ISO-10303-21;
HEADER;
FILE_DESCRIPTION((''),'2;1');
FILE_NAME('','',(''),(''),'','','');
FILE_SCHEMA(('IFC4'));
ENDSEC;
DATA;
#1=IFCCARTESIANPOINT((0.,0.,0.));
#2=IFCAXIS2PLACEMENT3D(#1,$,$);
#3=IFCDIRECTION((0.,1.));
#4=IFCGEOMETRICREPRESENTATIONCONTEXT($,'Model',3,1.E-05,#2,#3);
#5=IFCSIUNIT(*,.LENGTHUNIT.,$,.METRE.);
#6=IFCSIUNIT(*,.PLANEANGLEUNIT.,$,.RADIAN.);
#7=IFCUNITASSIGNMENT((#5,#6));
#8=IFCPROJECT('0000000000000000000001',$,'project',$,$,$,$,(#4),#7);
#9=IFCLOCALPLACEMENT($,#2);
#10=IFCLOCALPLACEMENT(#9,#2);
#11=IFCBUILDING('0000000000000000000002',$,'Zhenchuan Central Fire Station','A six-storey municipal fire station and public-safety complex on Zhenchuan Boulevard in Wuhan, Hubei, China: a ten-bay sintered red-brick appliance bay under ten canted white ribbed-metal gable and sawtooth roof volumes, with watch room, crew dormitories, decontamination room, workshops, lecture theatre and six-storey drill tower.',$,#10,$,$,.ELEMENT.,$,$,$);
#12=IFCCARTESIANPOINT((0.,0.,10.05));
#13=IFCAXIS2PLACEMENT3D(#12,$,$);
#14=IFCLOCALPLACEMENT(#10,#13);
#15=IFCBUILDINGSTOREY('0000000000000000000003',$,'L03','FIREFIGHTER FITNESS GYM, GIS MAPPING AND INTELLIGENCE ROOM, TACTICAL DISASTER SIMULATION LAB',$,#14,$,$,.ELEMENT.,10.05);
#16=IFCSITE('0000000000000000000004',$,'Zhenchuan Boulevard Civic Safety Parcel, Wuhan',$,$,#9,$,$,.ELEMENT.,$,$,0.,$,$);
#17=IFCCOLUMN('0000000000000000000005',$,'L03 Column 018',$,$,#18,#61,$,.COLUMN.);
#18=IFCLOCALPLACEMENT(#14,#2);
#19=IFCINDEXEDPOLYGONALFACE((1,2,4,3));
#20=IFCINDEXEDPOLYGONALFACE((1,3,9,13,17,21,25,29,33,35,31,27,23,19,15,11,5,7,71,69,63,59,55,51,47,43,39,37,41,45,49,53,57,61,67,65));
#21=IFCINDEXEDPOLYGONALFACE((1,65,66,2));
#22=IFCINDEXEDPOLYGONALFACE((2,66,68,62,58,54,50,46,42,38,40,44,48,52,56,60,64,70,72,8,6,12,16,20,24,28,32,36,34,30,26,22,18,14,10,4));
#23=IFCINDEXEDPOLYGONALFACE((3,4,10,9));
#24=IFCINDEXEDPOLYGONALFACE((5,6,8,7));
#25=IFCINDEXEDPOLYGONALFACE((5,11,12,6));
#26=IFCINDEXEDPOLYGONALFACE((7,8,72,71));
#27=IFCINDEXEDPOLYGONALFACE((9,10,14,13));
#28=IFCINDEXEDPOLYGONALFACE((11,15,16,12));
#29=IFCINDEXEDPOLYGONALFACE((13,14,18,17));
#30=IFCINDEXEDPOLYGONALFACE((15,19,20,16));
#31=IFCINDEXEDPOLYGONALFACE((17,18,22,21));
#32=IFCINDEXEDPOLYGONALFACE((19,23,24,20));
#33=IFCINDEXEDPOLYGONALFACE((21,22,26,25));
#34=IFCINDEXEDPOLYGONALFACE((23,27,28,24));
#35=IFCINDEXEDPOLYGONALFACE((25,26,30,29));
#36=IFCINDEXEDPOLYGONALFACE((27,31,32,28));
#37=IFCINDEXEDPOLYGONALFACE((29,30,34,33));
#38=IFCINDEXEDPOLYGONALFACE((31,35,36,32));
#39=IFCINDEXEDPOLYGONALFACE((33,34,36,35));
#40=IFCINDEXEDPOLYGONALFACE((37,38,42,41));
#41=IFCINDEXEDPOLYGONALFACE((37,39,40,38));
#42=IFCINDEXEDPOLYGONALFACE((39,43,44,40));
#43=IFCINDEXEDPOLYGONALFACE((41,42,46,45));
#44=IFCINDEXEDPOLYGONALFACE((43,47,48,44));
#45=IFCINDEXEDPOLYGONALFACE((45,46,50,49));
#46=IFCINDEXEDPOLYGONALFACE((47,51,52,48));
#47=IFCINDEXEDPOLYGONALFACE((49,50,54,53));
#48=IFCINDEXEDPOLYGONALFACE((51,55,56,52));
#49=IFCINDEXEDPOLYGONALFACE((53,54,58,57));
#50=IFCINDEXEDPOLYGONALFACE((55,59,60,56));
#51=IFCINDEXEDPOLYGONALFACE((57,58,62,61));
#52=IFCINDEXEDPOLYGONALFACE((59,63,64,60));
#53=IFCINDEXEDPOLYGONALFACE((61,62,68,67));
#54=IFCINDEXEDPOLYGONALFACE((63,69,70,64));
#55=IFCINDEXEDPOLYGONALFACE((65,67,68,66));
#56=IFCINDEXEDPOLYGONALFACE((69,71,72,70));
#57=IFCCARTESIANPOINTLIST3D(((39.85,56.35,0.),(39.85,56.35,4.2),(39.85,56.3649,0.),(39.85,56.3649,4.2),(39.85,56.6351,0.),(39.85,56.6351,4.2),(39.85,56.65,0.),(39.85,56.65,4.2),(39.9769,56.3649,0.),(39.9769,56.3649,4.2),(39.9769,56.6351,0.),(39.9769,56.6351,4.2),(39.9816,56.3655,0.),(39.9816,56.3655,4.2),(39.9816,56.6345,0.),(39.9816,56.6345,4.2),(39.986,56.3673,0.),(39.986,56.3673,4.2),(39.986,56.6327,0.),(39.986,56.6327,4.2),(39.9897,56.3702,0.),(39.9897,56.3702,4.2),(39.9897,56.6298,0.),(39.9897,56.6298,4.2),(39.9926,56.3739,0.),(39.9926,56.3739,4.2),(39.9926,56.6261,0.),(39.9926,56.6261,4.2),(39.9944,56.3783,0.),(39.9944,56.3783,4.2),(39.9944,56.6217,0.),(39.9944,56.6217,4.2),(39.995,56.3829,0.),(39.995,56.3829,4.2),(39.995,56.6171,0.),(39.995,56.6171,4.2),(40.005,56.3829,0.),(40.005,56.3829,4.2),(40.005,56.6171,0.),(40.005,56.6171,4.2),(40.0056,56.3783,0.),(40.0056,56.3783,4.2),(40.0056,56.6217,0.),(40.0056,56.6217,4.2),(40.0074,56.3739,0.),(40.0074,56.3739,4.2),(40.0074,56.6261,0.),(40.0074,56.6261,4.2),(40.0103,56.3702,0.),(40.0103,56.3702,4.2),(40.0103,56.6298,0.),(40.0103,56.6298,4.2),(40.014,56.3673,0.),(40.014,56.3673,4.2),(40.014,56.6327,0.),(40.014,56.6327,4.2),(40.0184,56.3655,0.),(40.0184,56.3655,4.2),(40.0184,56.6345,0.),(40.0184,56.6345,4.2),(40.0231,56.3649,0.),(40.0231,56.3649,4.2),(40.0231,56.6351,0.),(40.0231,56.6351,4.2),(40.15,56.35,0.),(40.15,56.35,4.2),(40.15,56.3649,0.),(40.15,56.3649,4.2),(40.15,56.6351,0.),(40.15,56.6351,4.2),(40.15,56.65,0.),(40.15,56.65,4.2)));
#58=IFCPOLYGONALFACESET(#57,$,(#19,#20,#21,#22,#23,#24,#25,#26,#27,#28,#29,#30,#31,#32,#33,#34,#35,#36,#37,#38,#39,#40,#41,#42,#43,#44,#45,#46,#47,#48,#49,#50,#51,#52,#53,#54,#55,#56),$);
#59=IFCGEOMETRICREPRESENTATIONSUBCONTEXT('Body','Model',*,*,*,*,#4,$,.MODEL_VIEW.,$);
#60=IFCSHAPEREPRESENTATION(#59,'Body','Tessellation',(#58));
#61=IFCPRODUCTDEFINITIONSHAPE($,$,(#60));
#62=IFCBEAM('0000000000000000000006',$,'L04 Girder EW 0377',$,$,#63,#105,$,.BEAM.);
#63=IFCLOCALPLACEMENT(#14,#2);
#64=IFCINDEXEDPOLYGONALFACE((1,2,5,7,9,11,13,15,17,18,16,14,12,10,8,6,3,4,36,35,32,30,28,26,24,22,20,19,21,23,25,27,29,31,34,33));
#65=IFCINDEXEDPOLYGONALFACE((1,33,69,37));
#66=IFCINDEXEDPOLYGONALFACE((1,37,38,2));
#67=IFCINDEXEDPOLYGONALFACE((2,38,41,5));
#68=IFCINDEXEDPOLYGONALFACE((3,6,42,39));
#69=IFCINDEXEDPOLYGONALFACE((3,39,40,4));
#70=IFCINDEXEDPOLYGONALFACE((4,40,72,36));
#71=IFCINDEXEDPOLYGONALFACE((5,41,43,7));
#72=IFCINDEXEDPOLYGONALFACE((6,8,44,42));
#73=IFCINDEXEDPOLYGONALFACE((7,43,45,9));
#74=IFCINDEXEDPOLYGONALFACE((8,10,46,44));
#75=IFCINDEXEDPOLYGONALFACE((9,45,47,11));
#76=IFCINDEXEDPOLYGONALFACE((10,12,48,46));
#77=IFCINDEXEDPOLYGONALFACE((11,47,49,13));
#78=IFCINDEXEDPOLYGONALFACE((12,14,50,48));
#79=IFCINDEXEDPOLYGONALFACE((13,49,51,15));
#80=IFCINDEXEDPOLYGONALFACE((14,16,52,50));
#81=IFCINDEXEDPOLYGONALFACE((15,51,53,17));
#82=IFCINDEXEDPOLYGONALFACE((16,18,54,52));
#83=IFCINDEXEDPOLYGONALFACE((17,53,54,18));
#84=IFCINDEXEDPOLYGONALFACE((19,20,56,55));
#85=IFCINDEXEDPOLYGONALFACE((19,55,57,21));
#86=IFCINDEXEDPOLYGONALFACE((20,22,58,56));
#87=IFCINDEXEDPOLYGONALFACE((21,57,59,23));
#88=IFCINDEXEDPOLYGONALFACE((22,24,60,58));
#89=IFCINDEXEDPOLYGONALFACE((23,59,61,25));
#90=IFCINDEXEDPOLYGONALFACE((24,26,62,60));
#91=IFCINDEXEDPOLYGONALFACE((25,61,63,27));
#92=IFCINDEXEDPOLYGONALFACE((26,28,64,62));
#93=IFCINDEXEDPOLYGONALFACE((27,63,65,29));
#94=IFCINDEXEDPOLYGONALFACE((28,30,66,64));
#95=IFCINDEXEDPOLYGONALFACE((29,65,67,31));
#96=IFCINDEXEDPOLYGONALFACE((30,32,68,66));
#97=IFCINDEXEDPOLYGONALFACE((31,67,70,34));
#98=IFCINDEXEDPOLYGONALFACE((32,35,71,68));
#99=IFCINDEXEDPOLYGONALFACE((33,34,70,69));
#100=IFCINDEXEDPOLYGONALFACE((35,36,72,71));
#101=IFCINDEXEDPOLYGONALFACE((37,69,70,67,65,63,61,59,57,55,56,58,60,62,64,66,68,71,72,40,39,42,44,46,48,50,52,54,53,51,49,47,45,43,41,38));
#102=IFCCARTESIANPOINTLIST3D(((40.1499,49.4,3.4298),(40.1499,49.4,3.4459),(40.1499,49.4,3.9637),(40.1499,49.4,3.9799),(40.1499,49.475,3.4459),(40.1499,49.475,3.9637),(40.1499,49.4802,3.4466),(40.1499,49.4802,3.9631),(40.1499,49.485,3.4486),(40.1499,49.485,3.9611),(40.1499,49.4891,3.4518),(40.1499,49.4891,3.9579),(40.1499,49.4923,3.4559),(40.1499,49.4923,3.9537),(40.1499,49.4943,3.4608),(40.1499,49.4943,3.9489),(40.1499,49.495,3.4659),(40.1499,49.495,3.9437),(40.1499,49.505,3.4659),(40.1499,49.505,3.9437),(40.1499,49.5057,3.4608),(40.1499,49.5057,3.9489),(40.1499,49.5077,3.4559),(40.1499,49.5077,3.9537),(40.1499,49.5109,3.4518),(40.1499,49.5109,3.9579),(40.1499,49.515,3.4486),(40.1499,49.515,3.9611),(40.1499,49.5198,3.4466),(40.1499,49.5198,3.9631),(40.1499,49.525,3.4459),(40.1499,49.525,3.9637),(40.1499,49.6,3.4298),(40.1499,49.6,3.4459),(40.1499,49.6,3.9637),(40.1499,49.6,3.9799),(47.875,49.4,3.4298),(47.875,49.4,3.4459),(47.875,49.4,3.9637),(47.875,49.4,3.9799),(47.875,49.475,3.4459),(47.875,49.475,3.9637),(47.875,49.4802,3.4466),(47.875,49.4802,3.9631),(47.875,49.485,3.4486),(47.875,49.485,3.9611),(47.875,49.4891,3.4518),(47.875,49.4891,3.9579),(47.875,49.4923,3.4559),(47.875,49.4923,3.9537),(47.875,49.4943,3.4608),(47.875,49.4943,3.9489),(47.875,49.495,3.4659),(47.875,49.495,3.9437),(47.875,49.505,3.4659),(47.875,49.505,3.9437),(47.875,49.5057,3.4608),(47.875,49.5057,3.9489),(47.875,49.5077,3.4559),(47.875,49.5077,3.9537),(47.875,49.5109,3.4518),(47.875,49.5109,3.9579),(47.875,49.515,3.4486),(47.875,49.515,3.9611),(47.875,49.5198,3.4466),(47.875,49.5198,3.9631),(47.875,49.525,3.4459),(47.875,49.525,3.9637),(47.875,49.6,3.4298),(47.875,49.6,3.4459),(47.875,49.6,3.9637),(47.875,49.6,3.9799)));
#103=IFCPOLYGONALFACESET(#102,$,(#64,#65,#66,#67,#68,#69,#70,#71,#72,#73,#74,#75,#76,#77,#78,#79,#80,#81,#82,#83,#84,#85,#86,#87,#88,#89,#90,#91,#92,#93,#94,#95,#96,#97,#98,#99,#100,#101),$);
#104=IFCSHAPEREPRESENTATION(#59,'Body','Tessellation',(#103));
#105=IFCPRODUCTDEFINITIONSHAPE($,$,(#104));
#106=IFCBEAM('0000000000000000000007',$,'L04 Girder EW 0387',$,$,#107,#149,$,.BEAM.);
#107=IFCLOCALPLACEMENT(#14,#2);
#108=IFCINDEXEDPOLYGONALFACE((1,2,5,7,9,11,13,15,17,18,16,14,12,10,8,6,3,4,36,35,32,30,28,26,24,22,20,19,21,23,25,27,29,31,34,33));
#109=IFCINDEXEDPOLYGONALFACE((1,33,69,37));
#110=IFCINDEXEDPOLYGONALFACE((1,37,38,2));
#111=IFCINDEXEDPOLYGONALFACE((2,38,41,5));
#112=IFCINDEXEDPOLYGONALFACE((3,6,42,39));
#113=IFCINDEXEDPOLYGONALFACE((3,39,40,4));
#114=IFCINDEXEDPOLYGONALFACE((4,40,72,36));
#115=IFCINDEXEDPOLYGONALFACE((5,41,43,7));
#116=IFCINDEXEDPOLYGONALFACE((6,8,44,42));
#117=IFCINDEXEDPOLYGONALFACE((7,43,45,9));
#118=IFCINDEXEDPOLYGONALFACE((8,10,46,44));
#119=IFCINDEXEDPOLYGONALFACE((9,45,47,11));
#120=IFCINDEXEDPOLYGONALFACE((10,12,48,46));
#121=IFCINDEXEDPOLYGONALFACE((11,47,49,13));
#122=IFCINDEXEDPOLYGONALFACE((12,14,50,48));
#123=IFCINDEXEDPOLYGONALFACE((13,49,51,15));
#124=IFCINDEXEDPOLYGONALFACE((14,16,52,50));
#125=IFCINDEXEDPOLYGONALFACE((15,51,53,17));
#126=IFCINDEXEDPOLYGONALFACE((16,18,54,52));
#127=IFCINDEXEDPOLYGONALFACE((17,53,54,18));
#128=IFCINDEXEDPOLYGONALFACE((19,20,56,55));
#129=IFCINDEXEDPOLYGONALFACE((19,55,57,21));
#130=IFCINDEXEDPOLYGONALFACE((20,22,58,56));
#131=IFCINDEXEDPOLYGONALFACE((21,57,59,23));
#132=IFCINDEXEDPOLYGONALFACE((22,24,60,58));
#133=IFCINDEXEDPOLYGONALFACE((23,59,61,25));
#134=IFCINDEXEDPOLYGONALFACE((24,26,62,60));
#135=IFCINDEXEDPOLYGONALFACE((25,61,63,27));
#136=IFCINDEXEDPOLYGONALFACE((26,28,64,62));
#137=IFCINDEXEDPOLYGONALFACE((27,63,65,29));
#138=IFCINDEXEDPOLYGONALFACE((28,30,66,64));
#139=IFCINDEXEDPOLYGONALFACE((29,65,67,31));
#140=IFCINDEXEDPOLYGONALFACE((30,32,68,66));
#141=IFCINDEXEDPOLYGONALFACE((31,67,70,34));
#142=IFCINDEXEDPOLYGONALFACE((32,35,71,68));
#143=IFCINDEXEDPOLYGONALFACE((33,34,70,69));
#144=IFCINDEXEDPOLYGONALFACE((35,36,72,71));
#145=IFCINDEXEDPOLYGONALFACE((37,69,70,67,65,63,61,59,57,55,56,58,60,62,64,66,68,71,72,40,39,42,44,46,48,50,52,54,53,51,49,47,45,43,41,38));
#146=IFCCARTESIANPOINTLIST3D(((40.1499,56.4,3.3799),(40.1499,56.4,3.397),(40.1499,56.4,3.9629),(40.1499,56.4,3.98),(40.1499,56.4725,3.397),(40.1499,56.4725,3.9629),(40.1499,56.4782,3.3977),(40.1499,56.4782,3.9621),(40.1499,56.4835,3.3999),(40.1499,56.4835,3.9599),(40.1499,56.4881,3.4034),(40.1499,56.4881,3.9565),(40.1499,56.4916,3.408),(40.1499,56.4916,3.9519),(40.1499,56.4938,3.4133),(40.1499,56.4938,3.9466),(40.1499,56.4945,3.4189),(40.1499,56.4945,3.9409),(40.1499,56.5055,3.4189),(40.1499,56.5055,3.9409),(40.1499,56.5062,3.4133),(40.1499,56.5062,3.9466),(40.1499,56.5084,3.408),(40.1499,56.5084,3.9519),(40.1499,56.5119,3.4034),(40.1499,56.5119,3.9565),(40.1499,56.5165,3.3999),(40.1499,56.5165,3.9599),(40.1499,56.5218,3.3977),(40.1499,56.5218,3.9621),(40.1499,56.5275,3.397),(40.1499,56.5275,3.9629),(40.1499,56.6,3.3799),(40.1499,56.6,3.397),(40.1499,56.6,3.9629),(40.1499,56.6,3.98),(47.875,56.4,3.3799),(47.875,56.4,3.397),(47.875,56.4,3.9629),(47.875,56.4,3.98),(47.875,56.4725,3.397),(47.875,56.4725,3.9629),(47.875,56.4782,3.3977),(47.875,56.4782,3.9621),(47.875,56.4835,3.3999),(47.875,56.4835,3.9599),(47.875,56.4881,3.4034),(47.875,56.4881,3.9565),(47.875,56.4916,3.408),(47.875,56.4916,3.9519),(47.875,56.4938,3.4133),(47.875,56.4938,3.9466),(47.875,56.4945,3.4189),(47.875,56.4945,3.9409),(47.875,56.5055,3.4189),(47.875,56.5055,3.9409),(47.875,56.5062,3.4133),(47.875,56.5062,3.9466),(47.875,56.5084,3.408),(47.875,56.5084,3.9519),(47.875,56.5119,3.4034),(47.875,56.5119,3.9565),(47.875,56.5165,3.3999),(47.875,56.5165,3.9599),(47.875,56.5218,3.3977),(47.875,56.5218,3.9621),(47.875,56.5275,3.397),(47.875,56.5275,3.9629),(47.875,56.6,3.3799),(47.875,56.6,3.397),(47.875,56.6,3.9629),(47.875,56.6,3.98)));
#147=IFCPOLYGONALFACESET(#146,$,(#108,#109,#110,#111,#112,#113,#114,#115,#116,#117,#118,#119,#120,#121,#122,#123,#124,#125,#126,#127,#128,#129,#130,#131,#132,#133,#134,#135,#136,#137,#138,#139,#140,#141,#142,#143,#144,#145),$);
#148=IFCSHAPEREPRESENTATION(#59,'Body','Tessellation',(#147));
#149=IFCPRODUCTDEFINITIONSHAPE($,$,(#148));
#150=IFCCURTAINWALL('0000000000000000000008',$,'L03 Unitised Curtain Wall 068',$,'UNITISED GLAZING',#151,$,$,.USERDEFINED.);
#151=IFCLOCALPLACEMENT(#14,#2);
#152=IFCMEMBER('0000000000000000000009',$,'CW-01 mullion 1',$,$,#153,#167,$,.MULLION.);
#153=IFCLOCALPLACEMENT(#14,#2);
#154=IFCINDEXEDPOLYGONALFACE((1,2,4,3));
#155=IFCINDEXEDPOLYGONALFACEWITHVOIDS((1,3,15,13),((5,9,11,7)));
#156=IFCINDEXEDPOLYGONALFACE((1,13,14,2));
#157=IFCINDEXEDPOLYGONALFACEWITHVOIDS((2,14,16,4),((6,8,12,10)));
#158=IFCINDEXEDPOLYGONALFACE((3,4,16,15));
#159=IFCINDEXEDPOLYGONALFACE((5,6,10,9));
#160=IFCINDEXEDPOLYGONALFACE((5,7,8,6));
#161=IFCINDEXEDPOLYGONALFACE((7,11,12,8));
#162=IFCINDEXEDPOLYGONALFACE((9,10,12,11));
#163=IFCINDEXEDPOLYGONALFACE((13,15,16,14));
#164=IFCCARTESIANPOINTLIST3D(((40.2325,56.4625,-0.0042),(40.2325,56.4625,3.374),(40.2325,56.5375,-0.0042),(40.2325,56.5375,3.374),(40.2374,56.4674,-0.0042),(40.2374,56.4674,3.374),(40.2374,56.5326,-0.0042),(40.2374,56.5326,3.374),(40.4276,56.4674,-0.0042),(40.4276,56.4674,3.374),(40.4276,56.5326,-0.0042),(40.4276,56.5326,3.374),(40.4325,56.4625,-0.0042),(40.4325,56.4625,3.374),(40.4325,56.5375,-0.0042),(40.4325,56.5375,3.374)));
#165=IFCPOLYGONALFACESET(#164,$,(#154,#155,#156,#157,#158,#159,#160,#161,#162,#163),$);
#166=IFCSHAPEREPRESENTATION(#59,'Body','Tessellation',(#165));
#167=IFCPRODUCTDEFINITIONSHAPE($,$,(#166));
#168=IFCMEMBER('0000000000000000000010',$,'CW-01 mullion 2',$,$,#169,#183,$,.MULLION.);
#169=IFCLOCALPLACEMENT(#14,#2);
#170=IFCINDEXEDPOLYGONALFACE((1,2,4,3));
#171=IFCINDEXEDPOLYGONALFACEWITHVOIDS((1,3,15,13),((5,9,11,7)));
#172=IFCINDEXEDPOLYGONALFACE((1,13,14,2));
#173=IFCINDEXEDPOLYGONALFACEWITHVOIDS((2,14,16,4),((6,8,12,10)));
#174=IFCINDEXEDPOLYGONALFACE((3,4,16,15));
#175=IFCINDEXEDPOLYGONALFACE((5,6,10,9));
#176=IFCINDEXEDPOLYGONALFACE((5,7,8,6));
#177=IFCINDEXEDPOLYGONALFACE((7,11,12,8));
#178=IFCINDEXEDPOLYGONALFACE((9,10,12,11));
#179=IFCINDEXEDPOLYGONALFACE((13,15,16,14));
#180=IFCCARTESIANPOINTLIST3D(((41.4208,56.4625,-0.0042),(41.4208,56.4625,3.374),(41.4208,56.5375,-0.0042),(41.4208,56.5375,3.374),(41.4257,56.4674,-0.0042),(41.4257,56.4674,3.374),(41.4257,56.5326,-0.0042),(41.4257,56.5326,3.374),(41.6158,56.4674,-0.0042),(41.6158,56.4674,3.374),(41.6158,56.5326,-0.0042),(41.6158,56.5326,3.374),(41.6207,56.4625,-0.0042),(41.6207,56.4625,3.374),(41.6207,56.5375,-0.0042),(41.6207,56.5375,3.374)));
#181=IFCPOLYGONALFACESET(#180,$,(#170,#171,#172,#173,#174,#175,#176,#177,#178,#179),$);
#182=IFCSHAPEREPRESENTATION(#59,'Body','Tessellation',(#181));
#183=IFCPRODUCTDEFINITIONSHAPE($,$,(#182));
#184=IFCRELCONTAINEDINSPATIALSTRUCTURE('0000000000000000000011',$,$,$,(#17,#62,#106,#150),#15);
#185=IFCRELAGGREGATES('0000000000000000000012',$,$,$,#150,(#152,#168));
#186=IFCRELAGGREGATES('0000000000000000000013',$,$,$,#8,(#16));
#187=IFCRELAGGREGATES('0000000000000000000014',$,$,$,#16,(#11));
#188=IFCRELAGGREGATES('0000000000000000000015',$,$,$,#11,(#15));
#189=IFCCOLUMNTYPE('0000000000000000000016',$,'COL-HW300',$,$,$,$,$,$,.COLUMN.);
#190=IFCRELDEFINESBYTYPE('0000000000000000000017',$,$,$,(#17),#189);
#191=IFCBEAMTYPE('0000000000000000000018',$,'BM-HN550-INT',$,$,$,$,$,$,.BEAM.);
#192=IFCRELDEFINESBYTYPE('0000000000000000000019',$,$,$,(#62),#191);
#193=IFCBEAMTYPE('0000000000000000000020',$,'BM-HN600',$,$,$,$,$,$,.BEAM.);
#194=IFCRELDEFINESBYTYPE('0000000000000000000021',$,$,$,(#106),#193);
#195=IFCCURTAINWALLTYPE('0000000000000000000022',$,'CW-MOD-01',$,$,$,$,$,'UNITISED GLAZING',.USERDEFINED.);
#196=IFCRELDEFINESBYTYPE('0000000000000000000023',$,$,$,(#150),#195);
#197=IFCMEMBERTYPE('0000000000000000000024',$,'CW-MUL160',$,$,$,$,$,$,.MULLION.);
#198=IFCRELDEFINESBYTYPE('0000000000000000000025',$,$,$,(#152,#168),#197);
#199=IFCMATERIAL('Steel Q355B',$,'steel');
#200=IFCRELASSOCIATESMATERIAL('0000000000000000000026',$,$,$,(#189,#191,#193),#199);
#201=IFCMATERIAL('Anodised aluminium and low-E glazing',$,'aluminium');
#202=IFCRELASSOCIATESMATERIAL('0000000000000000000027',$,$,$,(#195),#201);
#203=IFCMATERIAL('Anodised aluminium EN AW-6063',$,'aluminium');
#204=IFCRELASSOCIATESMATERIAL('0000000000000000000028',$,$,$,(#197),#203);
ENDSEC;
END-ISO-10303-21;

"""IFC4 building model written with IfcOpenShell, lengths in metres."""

from ifc_helpers import new_model, si_unit, direction, frame, origin, origin_2d, place, context, subcontext, project, spatial, hollow_rectangle, i_section, extrude, material, material_profile, profile_set, type_object, element, aggregate, save


model = new_model("IFC4")

# Units and contexts
model_context = context("Model", 3, precision=1e-05, world=origin(), true_north=direction((0.0, 1.0)))
body_context = subcontext(model_context, "Body", "Model", "MODEL_VIEW")
ifc_project = project(units=[si_unit("LENGTHUNIT", "METRE"), si_unit("PLANEANGLEUNIT", "RADIAN")], contexts=[model_context])

# Site, building, storey
site_placement = place(None, origin())
site = spatial("IfcSite", under=ifc_project, at=site_placement, Name="Zhenchuan Boulevard Civic Safety Parcel, Wuhan", CompositionType="ELEMENT", RefElevation=0.0)
building_placement = place(site_placement, origin())
building = spatial("IfcBuilding", under=site, at=building_placement, Name="Zhenchuan Central Fire Station", Description="A six-storey municipal fire station and public-safety complex on Zhenchuan Boulevard in Wuhan, Hubei, China: a ten-bay sintered red-brick appliance bay under ten canted white ribbed-metal gable and sawtooth roof volumes, with watch room, crew dormitories, decontamination room, workshops, lecture theatre and six-storey drill tower.", CompositionType="ELEMENT")
storey_placement = place(building_placement, frame((0.0, 0.0, 10.05)))
storey = spatial("IfcBuildingStorey", under=building, at=storey_placement, Name="L03", Description="FIREFIGHTER FITNESS GYM, GIS MAPPING AND INTELLIGENCE ROOM, TACTICAL DISASTER SIMULATION LAB", CompositionType="ELEMENT", Elevation=10.05)

# Column
ifc_material_1 = material(Name="Steel Q355B", Category="steel")
ifc_material_profile_1 = material_profile(ifc_material_1, i_section(OverallWidth=0.3, OverallDepth=0.3, WebThickness=0.01, FlangeThickness=0.0149, FilletRadius=0.0181, at=origin_2d()), Name="HW 300x300")
ifc_profile_set_1 = profile_set([ifc_material_profile_1], Name="Steel Q355B")
column_type = type_object("IfcColumnType", Name="COL-HW300", PredefinedType="COLUMN", material=ifc_profile_set_1)
column_placement = place(storey_placement, frame((40.0, 56.5, 0.0), z_axis=(0.0, 0.0, 1.0), x_axis=(1.0, 0.0, 0.0)))
element("IfcColumn", 1, at=column_placement, inside=storey, type_object=column_type, Name="L03 Column 018", PredefinedType="COLUMN", context=body_context, shape_type="SweptSolid", body=[
    extrude(i_section(OverallWidth=0.3, OverallDepth=0.3, WebThickness=0.01, FlangeThickness=0.0149, FilletRadius=0.0181, at=origin_2d()), origin(), (0.0, 0.0, 1.0), 4.2),
])

# Beams
ifc_material_profile_2 = material_profile(ifc_material_1, i_section(OverallWidth=0.2, OverallDepth=0.55, WebThickness=0.01, FlangeThickness=0.0161, FilletRadius=0.02, at=origin_2d()), Name="HN 550x200")
ifc_profile_set_2 = profile_set([ifc_material_profile_2], Name="Steel Q355B")
beam_type_1 = type_object("IfcBeamType", Name="BM-HN550-INT", PredefinedType="BEAM", material=ifc_profile_set_2)
beam_1_placement = place(storey_placement, frame((40.1499, 49.5, 3.7048), z_axis=(1.0, 0.0, 0.0), x_axis=(0.0, 1.0, 0.0)))
element("IfcBeam", 2, at=beam_1_placement, inside=storey, type_object=beam_type_1, Name="L04 Girder EW 0377", PredefinedType="BEAM", context=body_context, shape_type="SweptSolid", body=[
    extrude(i_section(OverallWidth=0.2, OverallDepth=0.55, WebThickness=0.01, FlangeThickness=0.0161, FilletRadius=0.02, at=origin_2d()), origin(), (0.0, 0.0, 1.0), 7.7251),
])
ifc_material_profile_3 = material_profile(ifc_material_1, i_section(OverallWidth=0.2, OverallDepth=0.6001, WebThickness=0.011, FlangeThickness=0.0171, FilletRadius=0.022, at=origin_2d()), Name="HN 600x200")
ifc_profile_set_3 = profile_set([ifc_material_profile_3], Name="Steel Q355B")
beam_type_2 = type_object("IfcBeamType", Name="BM-HN600", PredefinedType="BEAM", material=ifc_profile_set_3)
beam_2_placement = place(storey_placement, frame((40.1499, 56.5, 3.6799), z_axis=(1.0, 0.0, 0.0), x_axis=(0.0, 1.0, 0.0)))
element("IfcBeam", 3, at=beam_2_placement, inside=storey, type_object=beam_type_2, Name="L04 Girder EW 0387", PredefinedType="BEAM", context=body_context, shape_type="SweptSolid", body=[
    extrude(i_section(OverallWidth=0.2, OverallDepth=0.6001, WebThickness=0.011, FlangeThickness=0.0171, FilletRadius=0.022, at=origin_2d()), origin(), (0.0, 0.0, 1.0), 7.7251),
])

# Curtain wall, members
ifc_material_2 = material(Name="Anodised aluminium and low-E glazing", Category="aluminium")
curtain_wall_type = type_object("IfcCurtainWallType", Name="CW-MOD-01", ElementType="UNITISED GLAZING", PredefinedType="USERDEFINED", material=ifc_material_2)
curtain_wall_placement = place(storey_placement, origin())
curtain_wall = element("IfcCurtainWall", 4, at=curtain_wall_placement, inside=storey, type_object=curtain_wall_type, Name="L03 Unitised Curtain Wall 068", ObjectType="UNITISED GLAZING", PredefinedType="USERDEFINED")
ifc_material_3 = material(Name="Anodised aluminium EN AW-6063", Category="aluminium")
ifc_material_profile_4 = material_profile(ifc_material_3, hollow_rectangle(XDim=0.075, YDim=0.2, WallThickness=0.0049, at=origin_2d()), Name="ALU-M 200x75")
ifc_profile_set_4 = profile_set([ifc_material_profile_4], Name="Anodised aluminium EN AW-6063")
member_type_1 = type_object("IfcMemberType", Name="CW-MUL160", PredefinedType="MULLION", material=ifc_profile_set_4)
member_1_placement = place(storey_placement, frame((40.3325, 56.5, -0.0042), z_axis=(0.0, 0.0, 1.0), x_axis=(0.0, 1.0, 0.0)))
member_1 = element("IfcMember", 5, at=member_1_placement, type_object=member_type_1, Name="CW-01 mullion 1", PredefinedType="MULLION", context=body_context, shape_type="SweptSolid", body=[
    extrude(hollow_rectangle(XDim=0.075, YDim=0.2, WallThickness=0.0049, at=origin_2d()), origin(), (0.0, 0.0, 1.0), 3.3782),
])
member_2_placement = place(storey_placement, frame((41.5208, 56.5, -0.0042), z_axis=(0.0, 0.0, 1.0), x_axis=(0.0, 1.0, 0.0)))
member_2 = element("IfcMember", 6, at=member_2_placement, type_object=member_type_1, Name="CW-01 mullion 2", PredefinedType="MULLION", context=body_context, shape_type="SweptSolid", body=[
    extrude(hollow_rectangle(XDim=0.075, YDim=0.2, WallThickness=0.0049, at=origin_2d()), origin(), (0.0, 0.0, 1.0), 3.3782),
])

aggregate(curtain_wall, [member_1, member_2])

save(model, "model.ifc")
